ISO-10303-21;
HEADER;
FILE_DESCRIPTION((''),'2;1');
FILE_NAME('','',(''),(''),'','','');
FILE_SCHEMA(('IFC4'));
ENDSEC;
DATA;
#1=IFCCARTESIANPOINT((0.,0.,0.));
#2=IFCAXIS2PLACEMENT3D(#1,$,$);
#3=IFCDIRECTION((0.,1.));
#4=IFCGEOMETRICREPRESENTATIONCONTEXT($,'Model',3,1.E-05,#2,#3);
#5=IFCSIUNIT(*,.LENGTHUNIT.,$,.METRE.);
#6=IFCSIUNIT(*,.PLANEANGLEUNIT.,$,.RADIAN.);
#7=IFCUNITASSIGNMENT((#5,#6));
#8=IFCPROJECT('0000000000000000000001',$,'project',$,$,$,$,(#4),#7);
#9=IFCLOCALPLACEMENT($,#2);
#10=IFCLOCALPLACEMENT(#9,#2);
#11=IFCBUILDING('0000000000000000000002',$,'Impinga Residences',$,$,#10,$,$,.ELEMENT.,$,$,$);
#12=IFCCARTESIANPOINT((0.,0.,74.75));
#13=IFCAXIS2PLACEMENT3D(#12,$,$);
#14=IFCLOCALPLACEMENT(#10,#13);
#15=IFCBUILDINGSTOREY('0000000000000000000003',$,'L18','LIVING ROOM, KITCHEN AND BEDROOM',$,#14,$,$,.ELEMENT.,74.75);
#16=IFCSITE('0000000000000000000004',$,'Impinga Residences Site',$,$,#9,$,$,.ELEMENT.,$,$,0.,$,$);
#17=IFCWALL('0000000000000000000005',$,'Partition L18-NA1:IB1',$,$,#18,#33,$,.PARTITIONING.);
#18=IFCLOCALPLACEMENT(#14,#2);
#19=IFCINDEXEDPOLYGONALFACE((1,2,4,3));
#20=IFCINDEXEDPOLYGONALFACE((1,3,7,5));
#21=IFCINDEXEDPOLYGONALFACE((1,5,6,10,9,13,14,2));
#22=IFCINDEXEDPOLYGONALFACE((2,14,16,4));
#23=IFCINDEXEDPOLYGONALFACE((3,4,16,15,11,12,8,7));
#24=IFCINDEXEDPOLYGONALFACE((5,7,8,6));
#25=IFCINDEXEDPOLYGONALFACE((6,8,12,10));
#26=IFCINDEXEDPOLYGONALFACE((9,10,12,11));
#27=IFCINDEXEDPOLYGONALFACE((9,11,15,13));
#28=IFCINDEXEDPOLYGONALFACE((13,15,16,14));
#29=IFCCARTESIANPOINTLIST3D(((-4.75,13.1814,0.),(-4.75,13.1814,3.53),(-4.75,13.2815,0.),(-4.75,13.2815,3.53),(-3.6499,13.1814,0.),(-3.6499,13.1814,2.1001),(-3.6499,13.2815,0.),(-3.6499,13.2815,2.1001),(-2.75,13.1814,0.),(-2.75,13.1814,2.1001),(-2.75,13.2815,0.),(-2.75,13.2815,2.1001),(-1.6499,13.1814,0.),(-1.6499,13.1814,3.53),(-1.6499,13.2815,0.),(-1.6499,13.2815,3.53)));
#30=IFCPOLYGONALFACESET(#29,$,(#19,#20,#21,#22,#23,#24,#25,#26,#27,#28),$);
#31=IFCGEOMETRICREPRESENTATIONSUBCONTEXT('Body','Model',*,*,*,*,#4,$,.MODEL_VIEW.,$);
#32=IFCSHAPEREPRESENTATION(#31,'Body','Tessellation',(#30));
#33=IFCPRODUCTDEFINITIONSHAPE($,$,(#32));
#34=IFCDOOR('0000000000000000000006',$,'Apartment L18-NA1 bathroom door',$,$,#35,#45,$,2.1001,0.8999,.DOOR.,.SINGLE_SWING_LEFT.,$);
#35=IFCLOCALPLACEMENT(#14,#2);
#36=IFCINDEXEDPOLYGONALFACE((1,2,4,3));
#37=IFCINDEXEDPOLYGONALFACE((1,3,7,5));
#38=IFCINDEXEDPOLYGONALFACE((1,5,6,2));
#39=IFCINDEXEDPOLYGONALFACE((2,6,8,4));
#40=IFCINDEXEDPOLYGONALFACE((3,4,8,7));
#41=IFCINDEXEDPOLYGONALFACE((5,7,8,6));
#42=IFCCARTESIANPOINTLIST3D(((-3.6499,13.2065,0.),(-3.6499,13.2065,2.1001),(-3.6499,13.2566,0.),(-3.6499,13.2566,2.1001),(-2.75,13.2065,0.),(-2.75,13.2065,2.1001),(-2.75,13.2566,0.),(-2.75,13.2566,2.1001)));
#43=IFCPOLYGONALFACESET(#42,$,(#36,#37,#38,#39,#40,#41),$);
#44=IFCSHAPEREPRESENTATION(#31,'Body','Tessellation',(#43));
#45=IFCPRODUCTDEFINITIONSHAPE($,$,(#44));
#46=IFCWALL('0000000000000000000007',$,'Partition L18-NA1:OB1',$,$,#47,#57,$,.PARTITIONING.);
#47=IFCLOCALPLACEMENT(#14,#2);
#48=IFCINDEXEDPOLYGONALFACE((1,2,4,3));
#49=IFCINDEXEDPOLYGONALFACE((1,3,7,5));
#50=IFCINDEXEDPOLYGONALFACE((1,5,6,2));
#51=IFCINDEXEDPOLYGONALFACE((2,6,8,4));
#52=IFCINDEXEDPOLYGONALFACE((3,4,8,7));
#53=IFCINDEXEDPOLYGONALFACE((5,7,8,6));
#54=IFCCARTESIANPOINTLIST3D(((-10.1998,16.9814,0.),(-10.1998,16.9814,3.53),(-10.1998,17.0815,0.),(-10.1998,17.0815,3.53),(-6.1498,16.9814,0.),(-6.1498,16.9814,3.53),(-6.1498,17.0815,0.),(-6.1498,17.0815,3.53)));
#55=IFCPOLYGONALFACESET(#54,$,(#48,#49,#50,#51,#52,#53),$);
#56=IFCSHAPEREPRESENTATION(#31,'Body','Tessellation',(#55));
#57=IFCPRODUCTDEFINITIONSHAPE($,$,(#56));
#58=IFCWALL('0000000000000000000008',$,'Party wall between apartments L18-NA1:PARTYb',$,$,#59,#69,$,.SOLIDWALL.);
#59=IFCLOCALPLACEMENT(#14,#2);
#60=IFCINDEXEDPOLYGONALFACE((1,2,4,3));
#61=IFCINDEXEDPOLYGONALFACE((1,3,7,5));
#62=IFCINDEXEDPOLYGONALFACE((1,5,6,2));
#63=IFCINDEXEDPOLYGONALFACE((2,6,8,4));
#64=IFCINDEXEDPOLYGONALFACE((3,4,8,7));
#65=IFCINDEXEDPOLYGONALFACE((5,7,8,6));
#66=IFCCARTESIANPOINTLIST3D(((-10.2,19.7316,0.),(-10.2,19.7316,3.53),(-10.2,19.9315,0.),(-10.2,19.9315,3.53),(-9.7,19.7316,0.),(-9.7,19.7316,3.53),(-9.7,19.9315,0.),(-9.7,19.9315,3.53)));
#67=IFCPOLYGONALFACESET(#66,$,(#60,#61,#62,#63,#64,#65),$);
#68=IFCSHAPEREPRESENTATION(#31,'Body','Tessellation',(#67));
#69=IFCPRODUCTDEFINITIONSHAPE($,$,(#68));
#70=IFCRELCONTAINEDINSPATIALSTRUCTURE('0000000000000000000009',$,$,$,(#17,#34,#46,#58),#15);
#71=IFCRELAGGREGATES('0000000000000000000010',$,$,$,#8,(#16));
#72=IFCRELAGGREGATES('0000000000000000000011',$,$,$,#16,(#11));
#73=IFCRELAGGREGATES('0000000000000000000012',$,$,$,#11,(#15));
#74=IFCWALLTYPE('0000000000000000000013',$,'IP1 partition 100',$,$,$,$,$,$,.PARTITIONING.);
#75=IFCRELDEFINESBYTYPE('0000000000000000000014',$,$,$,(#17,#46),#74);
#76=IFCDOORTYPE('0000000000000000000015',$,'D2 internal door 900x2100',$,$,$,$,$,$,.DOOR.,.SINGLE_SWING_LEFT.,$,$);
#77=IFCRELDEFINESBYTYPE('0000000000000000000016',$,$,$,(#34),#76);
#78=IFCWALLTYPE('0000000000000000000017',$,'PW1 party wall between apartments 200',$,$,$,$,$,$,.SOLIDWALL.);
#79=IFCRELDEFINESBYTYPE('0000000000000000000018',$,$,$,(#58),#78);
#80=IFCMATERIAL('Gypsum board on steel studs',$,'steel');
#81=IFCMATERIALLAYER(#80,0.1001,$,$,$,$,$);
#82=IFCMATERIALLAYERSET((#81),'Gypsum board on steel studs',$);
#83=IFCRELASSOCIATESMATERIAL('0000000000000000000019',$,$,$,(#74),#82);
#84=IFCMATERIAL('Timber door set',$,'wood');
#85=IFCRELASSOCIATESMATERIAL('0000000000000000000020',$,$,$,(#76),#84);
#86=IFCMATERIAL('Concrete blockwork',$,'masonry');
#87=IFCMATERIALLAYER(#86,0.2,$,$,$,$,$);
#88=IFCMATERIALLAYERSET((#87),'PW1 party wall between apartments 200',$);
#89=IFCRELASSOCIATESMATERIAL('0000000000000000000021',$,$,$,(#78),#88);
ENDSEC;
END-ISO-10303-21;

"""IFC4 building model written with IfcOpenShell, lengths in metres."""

from ifc_helpers import new_model, si_unit, direction, frame, frame_2d, origin, place, context, subcontext, project, spatial, rectangle, extrude, material, layer, layer_set, type_object, element, fill, save


model = new_model("IFC4")

# Units and contexts
model_context = context("Model", 3, precision=1e-05, world=origin(), true_north=direction((0.0, 1.0)))
body_context = subcontext(model_context, "Body", "Model", "MODEL_VIEW")
ifc_project = project(units=[si_unit("LENGTHUNIT", "METRE"), si_unit("PLANEANGLEUNIT", "RADIAN")], contexts=[model_context])

# Site, building, storey
site_placement = place(None, origin())
site = spatial("IfcSite", under=ifc_project, at=site_placement, Name="Impinga Residences Site", CompositionType="ELEMENT", RefElevation=0.0)
building_placement = place(site_placement, origin())
building = spatial("IfcBuilding", under=site, at=building_placement, Name="Impinga Residences", CompositionType="ELEMENT")
storey_placement = place(building_placement, frame((0.0, 0.0, 74.75)))
storey = spatial("IfcBuildingStorey", under=building, at=storey_placement, Name="L18", Description="LIVING ROOM, KITCHEN AND BEDROOM", CompositionType="ELEMENT", Elevation=74.75)

# Shared definitions
ifc_material_1 = material(Name="Gypsum board on steel studs", Category="steel")
ifc_layer_1 = layer(ifc_material_1, 0.1001)
ifc_layer_set_1 = layer_set([ifc_layer_1], Name="Gypsum board on steel studs")
wall_type_1 = type_object("IfcWallType", Name="IP1 partition 100", PredefinedType="PARTITIONING", material=ifc_layer_set_1)

# Shared definitions
ifc_material_2 = material(Name="Timber door set", Category="wood")
door_type = type_object("IfcDoorType", Name="D2 internal door 900x2100", OperationType="SINGLE_SWING_LEFT", PredefinedType="DOOR", material=ifc_material_2)

# Wall, opening, door
wall_1_placement = place(storey_placement, frame((-1.6499, 13.2314, 0.0), z_axis=(0.0, 0.0, 1.0), x_axis=(-1.0, 0.0, 0.0)))
wall_1 = element("IfcWall", 1, at=wall_1_placement, inside=storey, type_object=wall_type_1, Name="Partition L18-NA1:IB1", PredefinedType="PARTITIONING", context=body_context, shape_type="SweptSolid", body=[
    extrude(rectangle(XDim=3.1001, YDim=0.1001, at=frame_2d((1.55, 0.0))), origin(), (0.0, 0.0, 1.0), 3.53),
])
opening_1_placement = place(wall_1_placement, frame((1.1001, 0.0, 0.0)))
opening_1 = element("IfcOpeningElement", 2, at=opening_1_placement, cuts=wall_1, PredefinedType="OPENING", context=body_context, shape_type="SweptSolid", body=[
    extrude(rectangle(XDim=0.8999, YDim=2.1001, at=frame_2d((0.45, 1.05))), frame((0.0, 0.0601, 0.0), z_axis=(0.0, -1.0, 0.0), x_axis=(1.0, 0.0, 0.0)), (0.0, 0.0, 1.0), 0.1201),
])
door_1_placement = place(opening_1_placement, origin())
door_1 = element("IfcDoor", 3, at=door_1_placement, inside=storey, type_object=door_type, Name="Apartment L18-NA1 bathroom door", OperationType="SINGLE_SWING_LEFT", OverallHeight=2.1001, OverallWidth=0.8999, PredefinedType="DOOR", context=body_context, shape_type="SweptSolid", body=[
    extrude(rectangle(XDim=0.8999, YDim=2.1001, at=frame_2d((0.45, 1.05))), frame((0.0, 0.0249, 0.0), z_axis=(0.0, -1.0, 0.0), x_axis=(1.0, 0.0, 0.0)), (0.0, 0.0, 1.0), 0.05),
])
fill(opening_1, door_1)

# Walls
wall_2_placement = place(storey_placement, frame((-6.1499, 17.0315, 0.0), z_axis=(0.0, 0.0, 1.0), x_axis=(-1.0, 0.0, 0.0)))
element("IfcWall", 4, at=wall_2_placement, inside=storey, type_object=wall_type_1, Name="Partition L18-NA1:OB1", PredefinedType="PARTITIONING", context=body_context, shape_type="SweptSolid", body=[
    extrude(rectangle(XDim=4.05, YDim=0.1001, at=frame_2d((2.0249, 0.0))), origin(), (0.0, 0.0, 1.0), 3.53),
])
ifc_material_3 = material(Name="Concrete blockwork", Category="masonry")
ifc_layer_2 = layer(ifc_material_3, 0.2)
ifc_layer_set_2 = layer_set([ifc_layer_2], Name="PW1 party wall between apartments 200")
wall_type_2 = type_object("IfcWallType", Name="PW1 party wall between apartments 200", PredefinedType="SOLIDWALL", material=ifc_layer_set_2)
wall_3_placement = place(storey_placement, frame((-9.7, 19.8315, 0.0), z_axis=(0.0, 0.0, 1.0), x_axis=(-1.0, 0.0, 0.0)))
element("IfcWall", 5, at=wall_3_placement, inside=storey, type_object=wall_type_2, Name="Party wall between apartments L18-NA1:PARTYb", PredefinedType="SOLIDWALL", context=body_context, shape_type="SweptSolid", body=[
    extrude(rectangle(XDim=0.5, YDim=0.2, at=frame_2d((0.25, 0.0))), origin(), (0.0, 0.0, 1.0), 3.53),
])

save(model, "model.ifc")
